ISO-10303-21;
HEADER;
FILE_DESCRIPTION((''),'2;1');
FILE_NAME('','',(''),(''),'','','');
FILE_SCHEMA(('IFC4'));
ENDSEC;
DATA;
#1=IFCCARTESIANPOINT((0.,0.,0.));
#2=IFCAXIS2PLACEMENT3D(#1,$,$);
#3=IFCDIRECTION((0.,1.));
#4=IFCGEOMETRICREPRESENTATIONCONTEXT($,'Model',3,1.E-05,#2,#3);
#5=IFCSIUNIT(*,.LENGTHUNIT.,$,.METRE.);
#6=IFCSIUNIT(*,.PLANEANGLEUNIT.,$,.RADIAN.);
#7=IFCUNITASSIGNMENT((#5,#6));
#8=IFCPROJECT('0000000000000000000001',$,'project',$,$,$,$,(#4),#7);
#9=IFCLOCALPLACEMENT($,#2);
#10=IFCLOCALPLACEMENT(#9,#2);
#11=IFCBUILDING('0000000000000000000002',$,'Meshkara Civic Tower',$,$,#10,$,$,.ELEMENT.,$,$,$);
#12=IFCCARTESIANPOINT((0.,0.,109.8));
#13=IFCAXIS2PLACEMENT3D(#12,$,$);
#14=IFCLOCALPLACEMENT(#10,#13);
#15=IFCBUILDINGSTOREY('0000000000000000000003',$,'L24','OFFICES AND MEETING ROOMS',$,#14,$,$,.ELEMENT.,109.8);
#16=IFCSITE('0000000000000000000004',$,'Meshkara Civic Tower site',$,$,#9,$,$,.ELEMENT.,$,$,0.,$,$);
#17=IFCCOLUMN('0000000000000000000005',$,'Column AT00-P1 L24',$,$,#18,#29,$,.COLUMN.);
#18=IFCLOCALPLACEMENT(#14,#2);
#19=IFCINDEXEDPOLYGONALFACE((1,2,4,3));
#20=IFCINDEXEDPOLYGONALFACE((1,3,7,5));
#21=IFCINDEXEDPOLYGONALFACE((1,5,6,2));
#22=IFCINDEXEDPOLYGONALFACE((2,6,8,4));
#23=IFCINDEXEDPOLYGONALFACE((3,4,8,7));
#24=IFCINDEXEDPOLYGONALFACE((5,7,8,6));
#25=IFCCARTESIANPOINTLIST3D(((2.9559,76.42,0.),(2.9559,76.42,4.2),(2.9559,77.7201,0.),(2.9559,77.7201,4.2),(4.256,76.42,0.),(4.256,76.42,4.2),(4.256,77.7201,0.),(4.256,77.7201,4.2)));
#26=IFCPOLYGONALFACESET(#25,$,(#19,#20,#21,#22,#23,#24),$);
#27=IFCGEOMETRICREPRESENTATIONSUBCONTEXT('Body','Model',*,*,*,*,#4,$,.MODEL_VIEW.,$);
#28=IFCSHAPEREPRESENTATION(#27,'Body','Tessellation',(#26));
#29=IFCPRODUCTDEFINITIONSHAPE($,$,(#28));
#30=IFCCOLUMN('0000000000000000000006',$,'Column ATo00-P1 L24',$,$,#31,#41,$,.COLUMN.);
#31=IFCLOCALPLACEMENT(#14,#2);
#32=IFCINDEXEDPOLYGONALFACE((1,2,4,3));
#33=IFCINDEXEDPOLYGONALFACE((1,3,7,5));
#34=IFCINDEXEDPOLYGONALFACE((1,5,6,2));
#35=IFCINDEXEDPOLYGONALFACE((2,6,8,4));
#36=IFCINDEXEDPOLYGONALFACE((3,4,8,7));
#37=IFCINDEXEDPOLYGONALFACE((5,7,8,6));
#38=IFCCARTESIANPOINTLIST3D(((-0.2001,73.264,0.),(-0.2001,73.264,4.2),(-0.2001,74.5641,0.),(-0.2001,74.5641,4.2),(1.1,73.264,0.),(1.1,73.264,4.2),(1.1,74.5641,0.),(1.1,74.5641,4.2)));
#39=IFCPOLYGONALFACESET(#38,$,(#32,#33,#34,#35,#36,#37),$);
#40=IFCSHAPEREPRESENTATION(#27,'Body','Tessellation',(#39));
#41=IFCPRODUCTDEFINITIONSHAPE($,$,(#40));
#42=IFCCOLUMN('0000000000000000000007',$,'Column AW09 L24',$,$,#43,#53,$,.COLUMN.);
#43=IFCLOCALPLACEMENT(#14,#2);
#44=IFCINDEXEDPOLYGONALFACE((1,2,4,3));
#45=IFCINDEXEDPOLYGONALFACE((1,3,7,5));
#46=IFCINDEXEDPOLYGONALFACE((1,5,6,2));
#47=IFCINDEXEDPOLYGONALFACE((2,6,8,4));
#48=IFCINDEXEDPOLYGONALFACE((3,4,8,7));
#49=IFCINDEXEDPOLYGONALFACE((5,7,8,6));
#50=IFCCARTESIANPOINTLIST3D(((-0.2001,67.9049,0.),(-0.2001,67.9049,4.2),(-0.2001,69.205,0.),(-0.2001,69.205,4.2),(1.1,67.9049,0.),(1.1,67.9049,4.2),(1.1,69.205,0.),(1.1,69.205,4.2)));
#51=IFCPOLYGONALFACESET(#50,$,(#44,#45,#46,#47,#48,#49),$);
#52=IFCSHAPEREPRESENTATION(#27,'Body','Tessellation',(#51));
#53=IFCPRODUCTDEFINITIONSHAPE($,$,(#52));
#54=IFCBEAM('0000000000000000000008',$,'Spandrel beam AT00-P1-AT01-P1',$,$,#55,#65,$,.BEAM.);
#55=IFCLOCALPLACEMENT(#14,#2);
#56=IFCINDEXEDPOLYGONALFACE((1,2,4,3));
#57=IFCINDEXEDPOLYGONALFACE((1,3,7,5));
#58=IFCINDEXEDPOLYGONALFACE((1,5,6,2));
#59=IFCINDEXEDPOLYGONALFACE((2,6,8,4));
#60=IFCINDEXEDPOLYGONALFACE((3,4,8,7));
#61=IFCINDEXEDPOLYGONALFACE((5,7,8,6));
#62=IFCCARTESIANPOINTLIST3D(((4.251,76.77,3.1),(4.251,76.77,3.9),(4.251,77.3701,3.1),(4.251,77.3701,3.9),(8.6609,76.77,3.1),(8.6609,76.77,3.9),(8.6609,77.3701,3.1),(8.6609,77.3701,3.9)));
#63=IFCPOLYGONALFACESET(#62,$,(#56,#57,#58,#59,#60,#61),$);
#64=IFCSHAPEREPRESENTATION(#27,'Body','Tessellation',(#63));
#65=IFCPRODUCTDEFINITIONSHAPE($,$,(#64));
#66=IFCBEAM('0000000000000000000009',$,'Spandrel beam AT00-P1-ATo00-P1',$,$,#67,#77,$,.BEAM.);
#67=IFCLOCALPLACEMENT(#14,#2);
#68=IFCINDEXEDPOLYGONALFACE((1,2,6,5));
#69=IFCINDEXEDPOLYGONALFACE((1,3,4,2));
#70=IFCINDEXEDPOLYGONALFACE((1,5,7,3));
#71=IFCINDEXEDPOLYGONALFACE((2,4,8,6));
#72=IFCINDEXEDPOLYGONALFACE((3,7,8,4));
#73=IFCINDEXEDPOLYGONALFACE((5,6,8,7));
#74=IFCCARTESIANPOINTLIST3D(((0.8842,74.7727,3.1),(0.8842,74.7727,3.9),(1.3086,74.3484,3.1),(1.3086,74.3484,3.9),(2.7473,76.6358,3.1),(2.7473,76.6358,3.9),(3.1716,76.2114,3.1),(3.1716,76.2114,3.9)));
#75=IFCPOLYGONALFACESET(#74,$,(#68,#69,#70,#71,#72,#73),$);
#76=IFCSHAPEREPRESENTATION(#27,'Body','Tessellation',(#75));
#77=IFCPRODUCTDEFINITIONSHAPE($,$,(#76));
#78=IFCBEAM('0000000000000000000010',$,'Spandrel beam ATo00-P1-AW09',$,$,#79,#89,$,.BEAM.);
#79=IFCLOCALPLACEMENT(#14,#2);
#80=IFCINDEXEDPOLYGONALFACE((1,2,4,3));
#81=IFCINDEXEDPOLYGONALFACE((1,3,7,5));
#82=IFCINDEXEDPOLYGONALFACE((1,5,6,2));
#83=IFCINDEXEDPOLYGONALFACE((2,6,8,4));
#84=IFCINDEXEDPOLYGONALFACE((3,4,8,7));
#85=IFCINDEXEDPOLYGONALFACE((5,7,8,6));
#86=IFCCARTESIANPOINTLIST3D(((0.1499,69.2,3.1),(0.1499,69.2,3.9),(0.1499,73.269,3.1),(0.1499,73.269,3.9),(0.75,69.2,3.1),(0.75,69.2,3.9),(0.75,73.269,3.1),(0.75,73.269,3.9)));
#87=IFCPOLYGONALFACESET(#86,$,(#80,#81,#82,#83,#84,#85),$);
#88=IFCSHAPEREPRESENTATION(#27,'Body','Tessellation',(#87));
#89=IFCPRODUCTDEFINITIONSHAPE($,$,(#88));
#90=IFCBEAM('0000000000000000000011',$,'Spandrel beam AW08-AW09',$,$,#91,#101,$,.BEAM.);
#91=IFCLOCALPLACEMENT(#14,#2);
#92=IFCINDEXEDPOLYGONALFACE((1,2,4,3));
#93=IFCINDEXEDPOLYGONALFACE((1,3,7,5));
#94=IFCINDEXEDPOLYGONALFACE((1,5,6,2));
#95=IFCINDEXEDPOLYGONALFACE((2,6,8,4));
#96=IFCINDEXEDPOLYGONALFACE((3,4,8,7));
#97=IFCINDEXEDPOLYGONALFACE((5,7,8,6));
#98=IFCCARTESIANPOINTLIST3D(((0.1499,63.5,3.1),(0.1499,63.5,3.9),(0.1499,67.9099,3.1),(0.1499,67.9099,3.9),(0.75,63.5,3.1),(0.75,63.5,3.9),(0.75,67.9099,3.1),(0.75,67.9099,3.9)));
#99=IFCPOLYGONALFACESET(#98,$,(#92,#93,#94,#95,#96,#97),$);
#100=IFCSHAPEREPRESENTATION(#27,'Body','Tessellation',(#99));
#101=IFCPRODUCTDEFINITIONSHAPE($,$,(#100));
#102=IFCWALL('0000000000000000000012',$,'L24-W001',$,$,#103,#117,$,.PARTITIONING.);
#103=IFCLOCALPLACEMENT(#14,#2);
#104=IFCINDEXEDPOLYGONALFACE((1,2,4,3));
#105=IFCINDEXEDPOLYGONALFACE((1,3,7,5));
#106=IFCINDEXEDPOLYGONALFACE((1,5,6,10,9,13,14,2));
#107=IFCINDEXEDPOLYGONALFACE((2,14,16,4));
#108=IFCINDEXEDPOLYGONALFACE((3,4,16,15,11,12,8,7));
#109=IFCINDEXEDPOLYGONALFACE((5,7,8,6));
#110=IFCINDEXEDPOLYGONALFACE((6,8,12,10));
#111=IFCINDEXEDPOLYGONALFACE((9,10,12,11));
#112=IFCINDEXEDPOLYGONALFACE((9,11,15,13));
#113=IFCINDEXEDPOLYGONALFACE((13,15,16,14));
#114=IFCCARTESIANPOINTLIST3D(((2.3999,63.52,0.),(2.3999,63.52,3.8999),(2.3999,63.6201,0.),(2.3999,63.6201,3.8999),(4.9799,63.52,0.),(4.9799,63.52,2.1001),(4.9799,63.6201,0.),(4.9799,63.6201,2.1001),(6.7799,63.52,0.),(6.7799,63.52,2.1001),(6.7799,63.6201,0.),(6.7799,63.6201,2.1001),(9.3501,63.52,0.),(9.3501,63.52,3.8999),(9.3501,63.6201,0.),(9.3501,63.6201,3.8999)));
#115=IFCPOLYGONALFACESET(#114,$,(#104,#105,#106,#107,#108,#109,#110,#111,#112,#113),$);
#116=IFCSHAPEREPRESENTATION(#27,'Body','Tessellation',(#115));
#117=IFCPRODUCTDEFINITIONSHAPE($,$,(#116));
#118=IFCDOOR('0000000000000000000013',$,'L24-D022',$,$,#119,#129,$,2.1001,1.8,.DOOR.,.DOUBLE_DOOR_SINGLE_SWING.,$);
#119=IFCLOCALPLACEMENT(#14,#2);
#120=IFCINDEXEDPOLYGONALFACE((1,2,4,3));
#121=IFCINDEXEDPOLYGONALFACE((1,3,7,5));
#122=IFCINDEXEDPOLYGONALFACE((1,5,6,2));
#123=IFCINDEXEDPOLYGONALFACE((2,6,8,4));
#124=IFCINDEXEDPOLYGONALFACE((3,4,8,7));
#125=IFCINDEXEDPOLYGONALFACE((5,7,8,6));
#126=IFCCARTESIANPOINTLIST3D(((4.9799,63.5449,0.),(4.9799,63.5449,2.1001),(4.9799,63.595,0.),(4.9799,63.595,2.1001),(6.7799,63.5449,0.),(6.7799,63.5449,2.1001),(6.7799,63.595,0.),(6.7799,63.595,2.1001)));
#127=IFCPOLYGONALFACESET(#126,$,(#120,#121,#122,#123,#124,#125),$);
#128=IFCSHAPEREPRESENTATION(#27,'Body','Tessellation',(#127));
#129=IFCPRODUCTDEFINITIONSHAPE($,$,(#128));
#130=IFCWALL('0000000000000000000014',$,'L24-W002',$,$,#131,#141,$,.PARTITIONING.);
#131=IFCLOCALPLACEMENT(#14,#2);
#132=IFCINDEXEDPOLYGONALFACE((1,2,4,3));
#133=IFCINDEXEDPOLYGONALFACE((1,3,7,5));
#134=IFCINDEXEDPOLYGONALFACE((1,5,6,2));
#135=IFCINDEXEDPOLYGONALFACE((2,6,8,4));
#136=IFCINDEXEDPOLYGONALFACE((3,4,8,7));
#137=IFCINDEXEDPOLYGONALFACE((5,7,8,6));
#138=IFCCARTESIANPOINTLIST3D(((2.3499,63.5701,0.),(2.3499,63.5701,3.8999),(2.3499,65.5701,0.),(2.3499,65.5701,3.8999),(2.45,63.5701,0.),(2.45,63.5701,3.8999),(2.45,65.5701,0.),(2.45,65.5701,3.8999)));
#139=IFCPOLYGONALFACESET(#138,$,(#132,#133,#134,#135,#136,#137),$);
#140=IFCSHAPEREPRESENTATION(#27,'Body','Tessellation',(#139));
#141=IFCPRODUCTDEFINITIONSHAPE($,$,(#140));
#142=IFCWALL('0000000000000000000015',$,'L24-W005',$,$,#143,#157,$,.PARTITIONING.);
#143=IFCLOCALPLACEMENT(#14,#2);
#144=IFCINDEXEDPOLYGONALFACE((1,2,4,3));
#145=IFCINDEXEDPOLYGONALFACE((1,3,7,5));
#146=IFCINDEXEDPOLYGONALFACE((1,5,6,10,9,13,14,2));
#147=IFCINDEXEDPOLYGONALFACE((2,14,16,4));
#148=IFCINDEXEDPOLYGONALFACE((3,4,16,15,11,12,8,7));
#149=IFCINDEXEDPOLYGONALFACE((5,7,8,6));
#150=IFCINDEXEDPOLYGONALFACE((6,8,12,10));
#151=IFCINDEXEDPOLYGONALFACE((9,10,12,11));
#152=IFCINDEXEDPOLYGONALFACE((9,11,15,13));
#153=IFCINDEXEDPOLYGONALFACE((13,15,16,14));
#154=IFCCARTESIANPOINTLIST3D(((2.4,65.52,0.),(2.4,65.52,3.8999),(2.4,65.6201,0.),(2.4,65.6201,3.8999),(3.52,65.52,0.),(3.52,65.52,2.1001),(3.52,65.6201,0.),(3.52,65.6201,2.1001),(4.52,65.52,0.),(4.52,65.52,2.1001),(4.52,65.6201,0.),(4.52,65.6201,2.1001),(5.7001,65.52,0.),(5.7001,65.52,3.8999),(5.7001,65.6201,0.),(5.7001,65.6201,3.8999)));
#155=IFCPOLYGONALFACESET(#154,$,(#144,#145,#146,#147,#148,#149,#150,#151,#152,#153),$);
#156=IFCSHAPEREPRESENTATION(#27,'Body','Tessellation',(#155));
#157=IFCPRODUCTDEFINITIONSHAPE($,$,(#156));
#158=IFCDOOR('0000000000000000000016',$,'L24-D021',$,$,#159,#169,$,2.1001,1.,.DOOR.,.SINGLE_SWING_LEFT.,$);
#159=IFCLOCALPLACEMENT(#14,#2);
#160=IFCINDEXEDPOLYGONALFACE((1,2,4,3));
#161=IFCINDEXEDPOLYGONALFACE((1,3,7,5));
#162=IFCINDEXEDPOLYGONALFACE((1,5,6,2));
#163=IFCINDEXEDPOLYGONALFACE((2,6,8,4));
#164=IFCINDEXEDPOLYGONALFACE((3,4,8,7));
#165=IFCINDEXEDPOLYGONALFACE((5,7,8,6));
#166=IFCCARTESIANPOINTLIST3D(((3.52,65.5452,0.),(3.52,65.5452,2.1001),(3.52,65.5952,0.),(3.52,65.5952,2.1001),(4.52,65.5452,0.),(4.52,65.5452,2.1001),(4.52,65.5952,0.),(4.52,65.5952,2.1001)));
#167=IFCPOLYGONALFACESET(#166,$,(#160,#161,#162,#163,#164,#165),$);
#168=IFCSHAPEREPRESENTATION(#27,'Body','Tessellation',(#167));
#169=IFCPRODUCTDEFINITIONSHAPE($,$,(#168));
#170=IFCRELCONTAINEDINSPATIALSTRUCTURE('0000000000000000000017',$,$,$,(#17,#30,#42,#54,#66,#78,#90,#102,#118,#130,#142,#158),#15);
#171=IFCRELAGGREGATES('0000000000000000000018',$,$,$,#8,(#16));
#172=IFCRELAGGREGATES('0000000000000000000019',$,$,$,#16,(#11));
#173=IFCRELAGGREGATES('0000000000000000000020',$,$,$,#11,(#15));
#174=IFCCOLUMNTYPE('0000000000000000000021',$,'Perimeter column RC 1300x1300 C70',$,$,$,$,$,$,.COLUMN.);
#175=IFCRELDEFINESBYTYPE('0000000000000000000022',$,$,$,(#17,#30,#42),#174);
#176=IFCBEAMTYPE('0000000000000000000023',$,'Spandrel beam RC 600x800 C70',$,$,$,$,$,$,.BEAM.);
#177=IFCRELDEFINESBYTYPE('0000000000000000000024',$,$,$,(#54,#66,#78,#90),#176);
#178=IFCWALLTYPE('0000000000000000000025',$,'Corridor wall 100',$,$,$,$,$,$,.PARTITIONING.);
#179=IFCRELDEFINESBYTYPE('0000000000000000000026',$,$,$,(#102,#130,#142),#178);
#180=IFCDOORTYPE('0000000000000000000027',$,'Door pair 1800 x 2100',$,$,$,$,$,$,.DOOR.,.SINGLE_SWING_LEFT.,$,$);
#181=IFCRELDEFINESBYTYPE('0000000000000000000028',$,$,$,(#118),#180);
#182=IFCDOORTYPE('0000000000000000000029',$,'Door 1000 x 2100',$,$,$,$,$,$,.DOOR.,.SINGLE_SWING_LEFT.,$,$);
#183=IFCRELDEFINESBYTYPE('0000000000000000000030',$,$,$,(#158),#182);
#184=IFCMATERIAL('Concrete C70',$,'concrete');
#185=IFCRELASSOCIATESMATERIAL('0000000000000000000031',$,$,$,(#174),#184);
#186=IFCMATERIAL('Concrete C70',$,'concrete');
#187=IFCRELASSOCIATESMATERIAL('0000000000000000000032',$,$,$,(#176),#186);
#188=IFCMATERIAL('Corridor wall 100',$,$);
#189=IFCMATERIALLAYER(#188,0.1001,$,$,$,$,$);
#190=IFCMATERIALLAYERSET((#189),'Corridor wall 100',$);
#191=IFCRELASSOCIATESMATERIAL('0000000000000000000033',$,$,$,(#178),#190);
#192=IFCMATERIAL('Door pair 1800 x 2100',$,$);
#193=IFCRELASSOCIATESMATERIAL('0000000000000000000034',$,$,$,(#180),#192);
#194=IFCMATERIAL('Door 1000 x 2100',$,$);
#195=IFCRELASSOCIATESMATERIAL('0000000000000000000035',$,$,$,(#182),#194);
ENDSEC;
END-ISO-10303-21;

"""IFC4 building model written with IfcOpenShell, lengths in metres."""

from ifc_helpers import new_model, si_unit, direction, frame, frame_2d, origin, origin_2d, place, context, subcontext, project, spatial, rectangle, extrude, material, layer, layer_set, material_profile, profile_set, type_object, element, fill, save


model = new_model("IFC4")

# Units and contexts
model_context = context("Model", 3, precision=1e-05, world=origin(), true_north=direction((0.0, 1.0)))
body_context = subcontext(model_context, "Body", "Model", "MODEL_VIEW")
ifc_project = project(units=[si_unit("LENGTHUNIT", "METRE"), si_unit("PLANEANGLEUNIT", "RADIAN")], contexts=[model_context])

# Site, building, storey
site_placement = place(None, origin())
site = spatial("IfcSite", under=ifc_project, at=site_placement, Name="Meshkara Civic Tower site", CompositionType="ELEMENT", RefElevation=0.0)
building_placement = place(site_placement, origin())
building = spatial("IfcBuilding", under=site, at=building_placement, Name="Meshkara Civic Tower", CompositionType="ELEMENT")
storey_placement = place(building_placement, frame((0.0, 0.0, 109.8)))
storey = spatial("IfcBuildingStorey", under=building, at=storey_placement, Name="L24", Description="OFFICES AND MEETING ROOMS", CompositionType="ELEMENT", Elevation=109.8)

# Columns
ifc_material_1 = material(Name="Concrete C70", Category="concrete")
ifc_material_profile_1 = material_profile(ifc_material_1, rectangle(XDim=1.3, YDim=1.3, at=origin_2d()))
ifc_profile_set_1 = profile_set([ifc_material_profile_1], Name="Concrete C70")
column_type = type_object("IfcColumnType", Name="Perimeter column RC 1300x1300 C70", PredefinedType="COLUMN", material=ifc_profile_set_1)
for number, where, z_axis, x_axis, name in (
    (1, (3.606, 77.0701, 0.0), (0.0, 0.0, 1.0), (1.0, 0.0, 0.0), "Column AT00-P1 L24"),
    (2, (0.45, 73.9141, 0.0), (0.0, 0.0, 1.0), (1.0, 0.0, 0.0), "Column ATo00-P1 L24"),
    (3, (0.45, 68.5549, 0.0), (0.0, 0.0, 1.0), (1.0, 0.0, 0.0), "Column AW09 L24"),
):
    element("IfcColumn", number, at=place(storey_placement, frame(where, z_axis=z_axis, x_axis=x_axis)), inside=storey, type_object=column_type, Name=name, PredefinedType="COLUMN", context=body_context, shape_type="SweptSolid", body=[
        extrude(rectangle(XDim=1.3, YDim=1.3, at=origin_2d()), origin(), (0.0, 0.0, 1.0), 4.2),
    ])

# Beams
ifc_material_2 = material(Name="Concrete C70", Category="concrete")
ifc_material_profile_2 = material_profile(ifc_material_2, rectangle(XDim=0.6001, YDim=0.8, at=origin_2d()))
ifc_profile_set_2 = profile_set([ifc_material_profile_2], Name="Concrete C70")
beam_type = type_object("IfcBeamType", Name="Spandrel beam RC 600x800 C70", PredefinedType="BEAM", material=ifc_profile_set_2)
beam_1_placement = place(storey_placement, frame((8.6609, 77.0701, 3.5), z_axis=(-1.0, 0.0, 0.0), x_axis=(0.0, -1.0, 0.0)))
element("IfcBeam", 4, at=beam_1_placement, inside=storey, type_object=beam_type, Name="Spandrel beam AT00-P1-AT01-P1", PredefinedType="BEAM", context=body_context, shape_type="SweptSolid", body=[
    extrude(rectangle(XDim=0.6001, YDim=0.8, at=origin_2d()), origin(), (0.0, 0.0, 1.0), 4.4099),
])
beam_2_placement = place(storey_placement, frame((2.9595, 76.4236, 3.5), z_axis=(-0.707107, -0.707107, 0.0), x_axis=(0.707107, -0.707107, 0.0)))
element("IfcBeam", 5, at=beam_2_placement, inside=storey, type_object=beam_type, Name="Spandrel beam AT00-P1-ATo00-P1", PredefinedType="BEAM", context=body_context, shape_type="SweptSolid", body=[
    extrude(rectangle(XDim=0.6001, YDim=0.8, at=origin_2d()), origin(), (0.0, 0.0, 1.0), 2.6348),
])
beam_3_placement = place(storey_placement, frame((0.45, 73.269, 3.5), z_axis=(0.0, -1.0, 0.0), x_axis=(1.0, 0.0, 0.0)))
element("IfcBeam", 6, at=beam_3_placement, inside=storey, type_object=beam_type, Name="Spandrel beam ATo00-P1-AW09", PredefinedType="BEAM", context=body_context, shape_type="SweptSolid", body=[
    extrude(rectangle(XDim=0.6001, YDim=0.8, at=origin_2d()), origin(), (0.0, 0.0, 1.0), 4.0691),
])
beam_4_placement = place(storey_placement, frame((0.45, 67.9099, 3.5), z_axis=(0.0, -1.0, 0.0), x_axis=(1.0, 0.0, 0.0)))
element("IfcBeam", 7, at=beam_4_placement, inside=storey, type_object=beam_type, Name="Spandrel beam AW08-AW09", PredefinedType="BEAM", context=body_context, shape_type="SweptSolid", body=[
    extrude(rectangle(XDim=0.6001, YDim=0.8, at=origin_2d()), origin(), (0.0, 0.0, 1.0), 4.4099),
])

# Wall, opening, door
ifc_material_3 = material(Name="Corridor wall 100")
ifc_layer_1 = layer(ifc_material_3, 0.1001)
ifc_layer_set_1 = layer_set([ifc_layer_1], Name="Corridor wall 100")
wall_type_1 = type_object("IfcWallType", Name="Corridor wall 100", PredefinedType="PARTITIONING", material=ifc_layer_set_1)
wall_1_placement = place(storey_placement, frame((2.3999, 63.5701, 0.0), z_axis=(0.0, 0.0, 1.0), x_axis=(1.0, 0.0, 0.0)))
wall_1 = element("IfcWall", 8, at=wall_1_placement, inside=storey, type_object=wall_type_1, Name="L24-W001", PredefinedType="PARTITIONING", context=body_context, shape_type="SweptSolid", body=[
    extrude(rectangle(XDim=6.9502, YDim=0.1001, at=frame_2d((3.4751, 0.0))), origin(), (0.0, 0.0, 1.0), 3.8999),
])
opening_1_placement = place(wall_1_placement, frame((2.5801, 0.0, 0.0)))
opening_1 = element("IfcOpeningElement", 9, at=opening_1_placement, cuts=wall_1, PredefinedType="OPENING", context=body_context, shape_type="SweptSolid", body=[
    extrude(rectangle(XDim=1.8, YDim=2.1001, at=frame_2d((0.8999, 1.05))), frame((0.0, 0.0601, 0.0), z_axis=(0.0, -1.0, 0.0), x_axis=(1.0, 0.0, 0.0)), (0.0, 0.0, 1.0), 0.1201),
])
ifc_material_4 = material(Name="Door pair 1800 x 2100")
door_type_1 = type_object("IfcDoorType", Name="Door pair 1800 x 2100", OperationType="SINGLE_SWING_LEFT", PredefinedType="DOOR", material=ifc_material_4)
door_1_placement = place(opening_1_placement, origin())
door_1 = element("IfcDoor", 10, at=door_1_placement, inside=storey, type_object=door_type_1, Name="L24-D022", OperationType="DOUBLE_DOOR_SINGLE_SWING", OverallHeight=2.1001, OverallWidth=1.8, PredefinedType="DOOR", context=body_context, shape_type="SweptSolid", body=[
    extrude(rectangle(XDim=1.8, YDim=2.1001, at=frame_2d((0.8999, 1.05))), frame((0.0, 0.0249, 0.0), z_axis=(0.0, -1.0, 0.0), x_axis=(1.0, 0.0, 0.0)), (0.0, 0.0, 1.0), 0.05),
])
fill(opening_1, door_1)

# Wall
wall_2_placement = place(storey_placement, frame((2.3999, 65.5701, 0.0), z_axis=(0.0, 0.0, 1.0), x_axis=(0.0, -1.0, 0.0)))
element("IfcWall", 11, at=wall_2_placement, inside=storey, type_object=wall_type_1, Name="L24-W002", PredefinedType="PARTITIONING", context=body_context, shape_type="SweptSolid", body=[
    extrude(rectangle(XDim=2.0, YDim=0.1001, at=frame_2d((1.0, 0.0))), origin(), (0.0, 0.0, 1.0), 3.8999),
])

# Wall, opening, door
wall_3_placement = place(storey_placement, frame((5.7, 65.5701, 0.0), z_axis=(0.0, 0.0, 1.0), x_axis=(-1.0, 0.0, 0.0)))
wall_3 = element("IfcWall", 12, at=wall_3_placement, inside=storey, type_object=wall_type_1, Name="L24-W005", PredefinedType="PARTITIONING", context=body_context, shape_type="SweptSolid", body=[
    extrude(rectangle(XDim=3.3, YDim=0.1001, at=frame_2d((1.6499, 0.0))), origin(), (0.0, 0.0, 1.0), 3.8999),
])
opening_2_placement = place(wall_3_placement, frame((1.1799, 0.0, 0.0)))
opening_2 = element("IfcOpeningElement", 13, at=opening_2_placement, cuts=wall_3, PredefinedType="OPENING", context=body_context, shape_type="SweptSolid", body=[
    extrude(rectangle(XDim=1.0, YDim=2.1001, at=frame_2d((0.5, 1.05))), frame((0.0, 0.0601, 0.0), z_axis=(0.0, -1.0, 0.0), x_axis=(1.0, 0.0, 0.0)), (0.0, 0.0, 1.0), 0.1201),
])
ifc_material_5 = material(Name="Door 1000 x 2100")
door_type_2 = type_object("IfcDoorType", Name="Door 1000 x 2100", OperationType="SINGLE_SWING_LEFT", PredefinedType="DOOR", material=ifc_material_5)
door_2_placement = place(opening_2_placement, origin())
door_2 = element("IfcDoor", 14, at=door_2_placement, inside=storey, type_object=door_type_2, Name="L24-D021", OperationType="SINGLE_SWING_LEFT", OverallHeight=2.1001, OverallWidth=1.0, PredefinedType="DOOR", context=body_context, shape_type="SweptSolid", body=[
    extrude(rectangle(XDim=1.0, YDim=2.1001, at=frame_2d((0.5, 1.05))), frame((0.0, 0.0249, 0.0), z_axis=(0.0, -1.0, 0.0), x_axis=(1.0, 0.0, 0.0)), (0.0, 0.0, 1.0), 0.05),
])
fill(opening_2, door_2)

save(model, "model.ifc")
